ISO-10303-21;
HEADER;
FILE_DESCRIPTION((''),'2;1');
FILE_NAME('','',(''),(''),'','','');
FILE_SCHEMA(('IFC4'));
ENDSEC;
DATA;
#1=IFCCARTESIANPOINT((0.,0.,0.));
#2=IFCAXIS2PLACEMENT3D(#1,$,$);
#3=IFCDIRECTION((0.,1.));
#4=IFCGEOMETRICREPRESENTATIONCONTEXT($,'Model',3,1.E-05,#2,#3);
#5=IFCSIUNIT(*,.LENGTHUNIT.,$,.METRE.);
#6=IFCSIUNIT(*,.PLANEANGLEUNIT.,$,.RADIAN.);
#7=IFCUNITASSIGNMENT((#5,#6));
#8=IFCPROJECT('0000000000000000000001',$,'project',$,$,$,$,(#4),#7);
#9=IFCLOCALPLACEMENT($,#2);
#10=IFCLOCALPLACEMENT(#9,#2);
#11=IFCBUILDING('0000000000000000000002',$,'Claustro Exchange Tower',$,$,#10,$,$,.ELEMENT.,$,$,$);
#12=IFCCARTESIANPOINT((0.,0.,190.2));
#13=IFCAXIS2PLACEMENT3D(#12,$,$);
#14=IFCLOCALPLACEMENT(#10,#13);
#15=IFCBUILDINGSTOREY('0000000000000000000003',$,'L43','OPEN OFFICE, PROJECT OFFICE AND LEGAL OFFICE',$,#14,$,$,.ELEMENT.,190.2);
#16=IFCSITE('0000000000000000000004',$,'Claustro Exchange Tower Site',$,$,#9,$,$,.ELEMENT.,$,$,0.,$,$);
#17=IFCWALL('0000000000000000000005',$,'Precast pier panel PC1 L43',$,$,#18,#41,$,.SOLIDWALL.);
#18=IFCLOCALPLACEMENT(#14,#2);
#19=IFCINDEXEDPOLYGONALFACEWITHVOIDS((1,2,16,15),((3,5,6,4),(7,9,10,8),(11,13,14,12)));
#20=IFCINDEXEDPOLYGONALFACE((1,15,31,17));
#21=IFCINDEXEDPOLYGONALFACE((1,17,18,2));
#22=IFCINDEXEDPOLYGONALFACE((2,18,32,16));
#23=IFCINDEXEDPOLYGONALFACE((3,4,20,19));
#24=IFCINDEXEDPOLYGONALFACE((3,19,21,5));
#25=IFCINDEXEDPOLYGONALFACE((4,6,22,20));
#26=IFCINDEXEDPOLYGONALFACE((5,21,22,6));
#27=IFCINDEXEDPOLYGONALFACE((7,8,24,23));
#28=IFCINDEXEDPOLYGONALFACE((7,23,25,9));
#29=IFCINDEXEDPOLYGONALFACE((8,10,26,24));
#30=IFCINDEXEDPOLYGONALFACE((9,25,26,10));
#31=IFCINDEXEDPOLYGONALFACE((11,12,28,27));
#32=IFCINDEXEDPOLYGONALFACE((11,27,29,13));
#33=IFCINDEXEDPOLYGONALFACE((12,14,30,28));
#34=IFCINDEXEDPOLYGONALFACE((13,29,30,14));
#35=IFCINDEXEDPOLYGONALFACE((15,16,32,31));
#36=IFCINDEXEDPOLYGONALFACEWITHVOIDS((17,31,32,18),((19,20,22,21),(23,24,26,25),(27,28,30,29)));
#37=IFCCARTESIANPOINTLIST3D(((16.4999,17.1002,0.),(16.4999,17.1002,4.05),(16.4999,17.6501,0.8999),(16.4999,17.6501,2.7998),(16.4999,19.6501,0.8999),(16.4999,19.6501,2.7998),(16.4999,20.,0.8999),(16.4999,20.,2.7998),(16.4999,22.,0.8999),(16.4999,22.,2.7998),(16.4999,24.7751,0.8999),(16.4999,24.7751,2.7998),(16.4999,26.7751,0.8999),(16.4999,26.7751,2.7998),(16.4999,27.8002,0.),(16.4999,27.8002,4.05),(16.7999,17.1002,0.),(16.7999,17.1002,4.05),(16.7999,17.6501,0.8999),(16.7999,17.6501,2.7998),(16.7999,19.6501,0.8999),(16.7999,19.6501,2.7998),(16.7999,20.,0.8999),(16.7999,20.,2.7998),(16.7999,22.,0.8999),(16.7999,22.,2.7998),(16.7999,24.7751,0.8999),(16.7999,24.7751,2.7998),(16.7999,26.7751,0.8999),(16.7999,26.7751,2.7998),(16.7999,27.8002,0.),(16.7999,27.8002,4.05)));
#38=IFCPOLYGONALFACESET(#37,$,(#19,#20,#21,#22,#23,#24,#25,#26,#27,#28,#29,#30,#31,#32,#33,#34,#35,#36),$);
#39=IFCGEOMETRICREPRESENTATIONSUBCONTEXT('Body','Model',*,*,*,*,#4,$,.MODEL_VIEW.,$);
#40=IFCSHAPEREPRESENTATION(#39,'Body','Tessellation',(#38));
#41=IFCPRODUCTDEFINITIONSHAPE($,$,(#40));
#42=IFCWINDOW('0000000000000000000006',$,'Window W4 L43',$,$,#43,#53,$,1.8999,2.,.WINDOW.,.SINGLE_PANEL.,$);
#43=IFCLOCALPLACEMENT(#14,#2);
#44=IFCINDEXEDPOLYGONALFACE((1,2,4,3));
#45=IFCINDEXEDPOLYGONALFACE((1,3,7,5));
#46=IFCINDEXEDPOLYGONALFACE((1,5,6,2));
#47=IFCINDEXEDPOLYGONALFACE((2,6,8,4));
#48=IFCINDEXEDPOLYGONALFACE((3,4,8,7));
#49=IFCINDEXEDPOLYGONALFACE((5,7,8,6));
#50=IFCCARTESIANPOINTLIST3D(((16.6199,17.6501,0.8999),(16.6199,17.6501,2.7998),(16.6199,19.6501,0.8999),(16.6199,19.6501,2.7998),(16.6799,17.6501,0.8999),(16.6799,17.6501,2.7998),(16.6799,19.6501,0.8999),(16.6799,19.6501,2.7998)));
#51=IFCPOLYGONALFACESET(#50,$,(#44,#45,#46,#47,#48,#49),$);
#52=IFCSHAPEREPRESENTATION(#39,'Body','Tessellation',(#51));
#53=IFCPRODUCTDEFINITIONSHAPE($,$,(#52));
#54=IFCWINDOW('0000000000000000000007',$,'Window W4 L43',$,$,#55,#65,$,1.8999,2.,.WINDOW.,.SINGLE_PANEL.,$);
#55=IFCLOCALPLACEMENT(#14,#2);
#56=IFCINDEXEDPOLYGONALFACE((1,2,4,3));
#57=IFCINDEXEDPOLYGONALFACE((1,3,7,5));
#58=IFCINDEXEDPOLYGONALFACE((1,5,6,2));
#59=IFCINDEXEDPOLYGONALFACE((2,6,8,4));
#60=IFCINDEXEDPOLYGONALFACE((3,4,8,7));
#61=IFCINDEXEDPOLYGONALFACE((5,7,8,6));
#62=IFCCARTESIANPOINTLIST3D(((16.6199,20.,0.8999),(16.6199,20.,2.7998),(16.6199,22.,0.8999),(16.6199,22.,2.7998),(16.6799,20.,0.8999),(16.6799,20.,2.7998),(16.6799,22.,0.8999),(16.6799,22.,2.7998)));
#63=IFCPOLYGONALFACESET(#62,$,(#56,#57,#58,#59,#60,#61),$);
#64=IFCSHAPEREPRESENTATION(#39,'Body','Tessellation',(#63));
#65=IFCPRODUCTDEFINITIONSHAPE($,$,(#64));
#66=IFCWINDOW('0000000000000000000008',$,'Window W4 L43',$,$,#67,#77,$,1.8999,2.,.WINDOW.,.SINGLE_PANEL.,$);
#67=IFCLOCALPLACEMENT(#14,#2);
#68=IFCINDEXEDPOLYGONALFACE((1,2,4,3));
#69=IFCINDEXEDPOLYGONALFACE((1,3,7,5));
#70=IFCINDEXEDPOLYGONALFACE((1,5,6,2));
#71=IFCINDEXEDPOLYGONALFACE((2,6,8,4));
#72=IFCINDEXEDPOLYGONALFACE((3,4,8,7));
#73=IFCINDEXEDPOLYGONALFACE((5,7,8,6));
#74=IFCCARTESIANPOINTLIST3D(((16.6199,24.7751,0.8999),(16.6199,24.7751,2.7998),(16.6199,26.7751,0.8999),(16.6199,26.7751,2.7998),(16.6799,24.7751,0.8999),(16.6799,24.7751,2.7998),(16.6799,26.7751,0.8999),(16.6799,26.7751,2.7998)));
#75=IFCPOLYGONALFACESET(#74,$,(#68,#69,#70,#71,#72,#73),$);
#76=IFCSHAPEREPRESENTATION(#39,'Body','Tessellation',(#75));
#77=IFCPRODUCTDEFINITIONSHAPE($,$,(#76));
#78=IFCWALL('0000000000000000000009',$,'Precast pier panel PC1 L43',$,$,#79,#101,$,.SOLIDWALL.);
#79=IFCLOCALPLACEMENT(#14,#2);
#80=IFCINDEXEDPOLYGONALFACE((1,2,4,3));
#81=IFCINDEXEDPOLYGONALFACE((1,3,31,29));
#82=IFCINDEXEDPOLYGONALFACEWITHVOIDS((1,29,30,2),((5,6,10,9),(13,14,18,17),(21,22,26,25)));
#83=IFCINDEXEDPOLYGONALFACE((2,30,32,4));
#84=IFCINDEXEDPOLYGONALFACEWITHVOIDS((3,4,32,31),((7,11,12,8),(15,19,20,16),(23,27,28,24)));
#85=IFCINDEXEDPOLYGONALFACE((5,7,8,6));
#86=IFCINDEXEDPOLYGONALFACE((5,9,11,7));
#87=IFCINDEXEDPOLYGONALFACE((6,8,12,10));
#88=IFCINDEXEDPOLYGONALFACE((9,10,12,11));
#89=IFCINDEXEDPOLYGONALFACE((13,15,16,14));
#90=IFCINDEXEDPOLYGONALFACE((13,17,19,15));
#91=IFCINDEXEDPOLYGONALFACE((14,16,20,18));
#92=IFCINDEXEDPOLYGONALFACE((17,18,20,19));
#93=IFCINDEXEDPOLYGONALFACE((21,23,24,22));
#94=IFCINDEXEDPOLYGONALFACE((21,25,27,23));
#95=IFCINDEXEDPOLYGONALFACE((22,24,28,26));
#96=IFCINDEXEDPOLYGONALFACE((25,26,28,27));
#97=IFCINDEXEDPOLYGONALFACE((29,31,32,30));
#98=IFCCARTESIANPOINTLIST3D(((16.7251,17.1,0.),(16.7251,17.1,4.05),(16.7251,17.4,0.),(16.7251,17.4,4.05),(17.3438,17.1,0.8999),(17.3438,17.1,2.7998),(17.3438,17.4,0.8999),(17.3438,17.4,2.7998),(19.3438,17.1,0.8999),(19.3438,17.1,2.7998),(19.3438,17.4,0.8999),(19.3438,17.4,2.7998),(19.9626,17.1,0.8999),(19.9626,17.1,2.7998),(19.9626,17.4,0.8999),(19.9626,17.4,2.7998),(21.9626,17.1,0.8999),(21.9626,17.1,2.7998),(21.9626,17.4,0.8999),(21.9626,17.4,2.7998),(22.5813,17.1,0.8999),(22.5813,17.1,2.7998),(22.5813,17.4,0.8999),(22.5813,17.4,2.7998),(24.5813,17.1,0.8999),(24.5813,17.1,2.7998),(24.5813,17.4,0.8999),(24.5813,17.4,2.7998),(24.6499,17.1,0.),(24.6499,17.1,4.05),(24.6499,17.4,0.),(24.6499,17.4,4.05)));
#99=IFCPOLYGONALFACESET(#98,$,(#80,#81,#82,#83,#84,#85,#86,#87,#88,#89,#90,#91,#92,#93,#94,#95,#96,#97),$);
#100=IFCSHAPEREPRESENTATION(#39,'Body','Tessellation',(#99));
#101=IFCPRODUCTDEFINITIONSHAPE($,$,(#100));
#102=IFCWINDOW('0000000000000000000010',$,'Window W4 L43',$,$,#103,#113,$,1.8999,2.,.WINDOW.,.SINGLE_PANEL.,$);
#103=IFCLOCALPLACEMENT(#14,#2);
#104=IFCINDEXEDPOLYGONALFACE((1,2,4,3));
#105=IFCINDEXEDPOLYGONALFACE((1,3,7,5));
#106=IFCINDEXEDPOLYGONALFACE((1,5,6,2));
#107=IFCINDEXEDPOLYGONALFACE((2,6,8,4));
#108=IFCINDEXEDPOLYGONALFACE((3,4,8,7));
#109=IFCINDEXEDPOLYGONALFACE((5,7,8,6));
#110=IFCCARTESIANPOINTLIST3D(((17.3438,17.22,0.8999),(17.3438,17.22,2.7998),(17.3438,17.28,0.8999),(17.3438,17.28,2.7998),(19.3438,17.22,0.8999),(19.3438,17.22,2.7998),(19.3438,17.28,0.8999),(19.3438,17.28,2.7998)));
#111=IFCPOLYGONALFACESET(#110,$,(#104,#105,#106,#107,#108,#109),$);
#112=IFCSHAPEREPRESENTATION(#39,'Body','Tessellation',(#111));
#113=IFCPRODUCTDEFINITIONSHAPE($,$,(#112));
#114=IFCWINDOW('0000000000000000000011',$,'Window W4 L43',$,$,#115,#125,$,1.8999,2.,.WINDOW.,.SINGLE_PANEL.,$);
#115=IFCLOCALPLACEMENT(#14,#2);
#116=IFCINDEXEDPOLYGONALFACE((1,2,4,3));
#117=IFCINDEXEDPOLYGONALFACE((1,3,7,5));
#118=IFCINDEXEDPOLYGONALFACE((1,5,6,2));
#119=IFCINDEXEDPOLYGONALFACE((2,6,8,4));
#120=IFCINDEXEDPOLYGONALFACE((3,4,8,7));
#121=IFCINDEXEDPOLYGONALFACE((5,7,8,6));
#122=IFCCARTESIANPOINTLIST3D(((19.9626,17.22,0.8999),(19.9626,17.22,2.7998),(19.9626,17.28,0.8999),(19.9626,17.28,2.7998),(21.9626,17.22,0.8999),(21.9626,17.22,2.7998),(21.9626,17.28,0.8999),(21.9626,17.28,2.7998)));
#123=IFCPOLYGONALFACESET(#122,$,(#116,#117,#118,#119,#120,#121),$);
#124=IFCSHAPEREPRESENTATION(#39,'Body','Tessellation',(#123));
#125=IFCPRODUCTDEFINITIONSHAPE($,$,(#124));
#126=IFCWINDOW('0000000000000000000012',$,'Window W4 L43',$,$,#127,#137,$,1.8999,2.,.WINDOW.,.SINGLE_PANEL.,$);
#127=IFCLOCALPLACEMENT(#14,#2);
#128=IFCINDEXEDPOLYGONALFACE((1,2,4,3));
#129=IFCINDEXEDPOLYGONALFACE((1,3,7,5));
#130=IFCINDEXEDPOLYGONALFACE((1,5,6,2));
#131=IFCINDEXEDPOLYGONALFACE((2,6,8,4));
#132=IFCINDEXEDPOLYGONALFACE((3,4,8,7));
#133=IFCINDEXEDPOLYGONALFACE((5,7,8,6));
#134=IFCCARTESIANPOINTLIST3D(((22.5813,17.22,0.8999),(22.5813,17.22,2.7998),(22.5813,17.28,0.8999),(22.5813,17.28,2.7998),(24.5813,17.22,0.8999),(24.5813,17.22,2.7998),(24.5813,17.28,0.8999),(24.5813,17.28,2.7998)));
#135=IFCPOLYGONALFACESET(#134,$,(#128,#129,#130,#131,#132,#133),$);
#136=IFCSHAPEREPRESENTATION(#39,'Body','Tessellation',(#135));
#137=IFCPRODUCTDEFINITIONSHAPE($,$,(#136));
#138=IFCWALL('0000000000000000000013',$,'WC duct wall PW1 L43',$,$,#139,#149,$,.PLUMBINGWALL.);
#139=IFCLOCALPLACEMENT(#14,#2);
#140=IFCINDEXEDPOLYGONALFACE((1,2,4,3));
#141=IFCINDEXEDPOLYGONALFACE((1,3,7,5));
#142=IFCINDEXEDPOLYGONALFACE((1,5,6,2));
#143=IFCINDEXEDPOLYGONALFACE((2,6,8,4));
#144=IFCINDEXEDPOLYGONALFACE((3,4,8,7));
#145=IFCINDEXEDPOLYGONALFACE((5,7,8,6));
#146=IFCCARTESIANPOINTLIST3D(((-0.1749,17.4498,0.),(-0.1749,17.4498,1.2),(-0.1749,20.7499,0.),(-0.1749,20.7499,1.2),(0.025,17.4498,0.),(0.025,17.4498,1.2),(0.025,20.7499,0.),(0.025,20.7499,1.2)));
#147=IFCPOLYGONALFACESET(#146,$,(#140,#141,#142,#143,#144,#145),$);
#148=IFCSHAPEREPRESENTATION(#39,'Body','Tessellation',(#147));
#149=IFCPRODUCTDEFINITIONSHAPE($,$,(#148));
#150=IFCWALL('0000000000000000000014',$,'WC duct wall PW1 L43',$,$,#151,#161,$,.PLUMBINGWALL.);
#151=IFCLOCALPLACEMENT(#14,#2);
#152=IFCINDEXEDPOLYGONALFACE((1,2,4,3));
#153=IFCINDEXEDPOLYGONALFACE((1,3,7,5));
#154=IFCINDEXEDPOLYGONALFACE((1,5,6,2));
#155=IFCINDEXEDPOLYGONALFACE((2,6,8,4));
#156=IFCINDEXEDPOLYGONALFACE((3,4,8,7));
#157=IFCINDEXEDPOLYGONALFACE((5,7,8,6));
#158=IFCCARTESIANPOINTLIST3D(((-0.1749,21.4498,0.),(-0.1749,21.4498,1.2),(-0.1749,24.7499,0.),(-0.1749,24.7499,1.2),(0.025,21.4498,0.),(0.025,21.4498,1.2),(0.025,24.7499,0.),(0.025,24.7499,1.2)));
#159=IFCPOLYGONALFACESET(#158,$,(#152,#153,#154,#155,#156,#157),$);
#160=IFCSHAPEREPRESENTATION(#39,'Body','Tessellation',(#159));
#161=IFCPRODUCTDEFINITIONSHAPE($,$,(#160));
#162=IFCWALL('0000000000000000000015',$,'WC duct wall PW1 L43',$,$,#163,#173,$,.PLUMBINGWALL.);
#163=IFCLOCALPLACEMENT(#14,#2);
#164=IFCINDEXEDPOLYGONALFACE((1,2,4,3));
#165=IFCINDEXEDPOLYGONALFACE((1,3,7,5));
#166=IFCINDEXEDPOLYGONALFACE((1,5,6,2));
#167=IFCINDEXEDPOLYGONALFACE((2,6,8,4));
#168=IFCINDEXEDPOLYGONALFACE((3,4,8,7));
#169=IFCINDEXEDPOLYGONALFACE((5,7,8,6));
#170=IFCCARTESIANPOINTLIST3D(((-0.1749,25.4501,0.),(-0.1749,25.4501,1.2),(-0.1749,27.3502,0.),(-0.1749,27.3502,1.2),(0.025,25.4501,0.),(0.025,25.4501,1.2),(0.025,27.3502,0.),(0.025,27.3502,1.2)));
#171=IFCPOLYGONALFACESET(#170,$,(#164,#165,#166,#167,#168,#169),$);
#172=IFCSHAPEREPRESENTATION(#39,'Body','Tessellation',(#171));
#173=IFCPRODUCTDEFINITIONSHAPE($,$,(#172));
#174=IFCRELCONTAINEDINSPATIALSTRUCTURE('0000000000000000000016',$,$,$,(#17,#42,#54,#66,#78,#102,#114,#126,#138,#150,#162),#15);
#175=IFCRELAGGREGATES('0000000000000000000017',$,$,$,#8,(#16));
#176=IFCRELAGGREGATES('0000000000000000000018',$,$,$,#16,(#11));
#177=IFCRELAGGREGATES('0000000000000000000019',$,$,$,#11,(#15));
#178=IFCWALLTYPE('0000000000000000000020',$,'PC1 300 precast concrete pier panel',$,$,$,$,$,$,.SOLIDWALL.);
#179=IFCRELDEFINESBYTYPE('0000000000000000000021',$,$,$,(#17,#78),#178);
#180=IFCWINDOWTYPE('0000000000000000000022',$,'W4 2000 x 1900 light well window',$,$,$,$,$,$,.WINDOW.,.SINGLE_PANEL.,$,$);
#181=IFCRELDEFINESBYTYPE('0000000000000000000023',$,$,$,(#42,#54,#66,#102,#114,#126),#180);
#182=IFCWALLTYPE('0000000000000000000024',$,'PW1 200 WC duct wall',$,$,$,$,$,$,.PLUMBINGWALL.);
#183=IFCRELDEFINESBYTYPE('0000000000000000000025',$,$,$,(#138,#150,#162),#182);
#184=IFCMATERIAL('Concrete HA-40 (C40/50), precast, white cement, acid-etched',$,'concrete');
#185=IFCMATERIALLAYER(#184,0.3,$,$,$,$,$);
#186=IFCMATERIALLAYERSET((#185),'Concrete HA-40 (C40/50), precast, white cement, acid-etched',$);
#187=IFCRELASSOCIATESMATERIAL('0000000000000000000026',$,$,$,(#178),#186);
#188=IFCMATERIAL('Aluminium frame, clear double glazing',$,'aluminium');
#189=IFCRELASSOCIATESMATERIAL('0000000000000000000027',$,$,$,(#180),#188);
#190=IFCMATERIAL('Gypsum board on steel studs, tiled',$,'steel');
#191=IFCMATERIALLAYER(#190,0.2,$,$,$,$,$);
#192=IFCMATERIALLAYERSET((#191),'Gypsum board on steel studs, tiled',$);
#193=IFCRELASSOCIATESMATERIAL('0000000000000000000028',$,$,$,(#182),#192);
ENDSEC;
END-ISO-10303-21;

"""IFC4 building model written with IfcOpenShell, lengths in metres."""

from ifc_helpers import new_model, si_unit, direction, frame, frame_2d, origin, place, context, subcontext, project, spatial, rectangle, extrude, material, layer, layer_set, type_object, element, fill, save


model = new_model("IFC4")

# Units and contexts
model_context = context("Model", 3, precision=1e-05, world=origin(), true_north=direction((0.0, 1.0)))
body_context = subcontext(model_context, "Body", "Model", "MODEL_VIEW")
ifc_project = project(units=[si_unit("LENGTHUNIT", "METRE"), si_unit("PLANEANGLEUNIT", "RADIAN")], contexts=[model_context])

# Site, building, storey
site_placement = place(None, origin())
site = spatial("IfcSite", under=ifc_project, at=site_placement, Name="Claustro Exchange Tower Site", CompositionType="ELEMENT", RefElevation=0.0)
building_placement = place(site_placement, origin())
building = spatial("IfcBuilding", under=site, at=building_placement, Name="Claustro Exchange Tower", CompositionType="ELEMENT")
storey_placement = place(building_placement, frame((0.0, 0.0, 190.2)))
storey = spatial("IfcBuildingStorey", under=building, at=storey_placement, Name="L43", Description="OPEN OFFICE, PROJECT OFFICE AND LEGAL OFFICE", CompositionType="ELEMENT", Elevation=190.2)

# Walls, openings, windows
ifc_material_1 = material(Name="Concrete HA-40 (C40/50), precast, white cement, acid-etched", Category="concrete")
ifc_layer_1 = layer(ifc_material_1, 0.3)
ifc_layer_set_1 = layer_set([ifc_layer_1], Name="Concrete HA-40 (C40/50), precast, white cement, acid-etched")
wall_type_1 = type_object("IfcWallType", Name="PC1 300 precast concrete pier panel", PredefinedType="SOLIDWALL", material=ifc_layer_set_1)
wall_1_placement = place(storey_placement, frame((16.6499, 17.1001, 0.0), z_axis=(0.0, 0.0, 1.0), x_axis=(0.0, 1.0, 0.0)))
wall_1 = element("IfcWall", 1, at=wall_1_placement, inside=storey, type_object=wall_type_1, Name="Precast pier panel PC1 L43", PredefinedType="SOLIDWALL", context=body_context, shape_type="SweptSolid", body=[
    extrude(rectangle(XDim=10.7, YDim=0.3, at=frame_2d((5.3501, 0.0))), origin(), (0.0, 0.0, 1.0), 4.05),
])
opening_1_placement = place(wall_1_placement, frame((0.55, 0.0, 0.8999)))
opening_1 = element("IfcOpeningElement", 2, at=opening_1_placement, cuts=wall_1, PredefinedType="OPENING", context=body_context, shape_type="SweptSolid", body=[
    extrude(rectangle(XDim=2.0, YDim=1.8999, at=frame_2d((1.0, 0.95))), frame((0.0, 0.1599, 0.0), z_axis=(0.0, -1.0, 0.0), x_axis=(1.0, 0.0, 0.0)), (0.0, 0.0, 1.0), 0.3201),
])
opening_2_placement = place(wall_1_placement, frame((2.8999, 0.0, 0.8999)))
opening_2 = element("IfcOpeningElement", 3, at=opening_2_placement, cuts=wall_1, PredefinedType="OPENING", context=body_context, shape_type="SweptSolid", body=[
    extrude(rectangle(XDim=2.0, YDim=1.8999, at=frame_2d((1.0, 0.95))), frame((0.0, 0.1599, 0.0), z_axis=(0.0, -1.0, 0.0), x_axis=(1.0, 0.0, 0.0)), (0.0, 0.0, 1.0), 0.3201),
])
opening_3_placement = place(wall_1_placement, frame((7.675, 0.0, 0.8999)))
opening_3 = element("IfcOpeningElement", 4, at=opening_3_placement, cuts=wall_1, PredefinedType="OPENING", context=body_context, shape_type="SweptSolid", body=[
    extrude(rectangle(XDim=2.0, YDim=1.8999, at=frame_2d((1.0, 0.95))), frame((0.0, 0.1599, 0.0), z_axis=(0.0, -1.0, 0.0), x_axis=(1.0, 0.0, 0.0)), (0.0, 0.0, 1.0), 0.3201),
])
ifc_material_2 = material(Name="Aluminium frame, clear double glazing", Category="aluminium")
window_type = type_object("IfcWindowType", Name="W4 2000 x 1900 light well window", PartitioningType="SINGLE_PANEL", PredefinedType="WINDOW", material=ifc_material_2)
window_1_placement = place(opening_1_placement, origin())
window_1 = element("IfcWindow", 5, at=window_1_placement, inside=storey, type_object=window_type, Name="Window W4 L43", OverallHeight=1.8999, OverallWidth=2.0, PartitioningType="SINGLE_PANEL", PredefinedType="WINDOW", context=body_context, shape_type="SweptSolid", body=[
    extrude(rectangle(XDim=2.0, YDim=1.8999, at=frame_2d((1.0, 0.95))), frame((0.0, 0.03, 0.0), z_axis=(0.0, -1.0, 0.0), x_axis=(1.0, 0.0, 0.0)), (0.0, 0.0, 1.0), 0.0601),
])
fill(opening_1, window_1)
window_2_placement = place(opening_2_placement, origin())
window_2 = element("IfcWindow", 6, at=window_2_placement, inside=storey, type_object=window_type, Name="Window W4 L43", OverallHeight=1.8999, OverallWidth=2.0, PartitioningType="SINGLE_PANEL", PredefinedType="WINDOW", context=body_context, shape_type="SweptSolid", body=[
    extrude(rectangle(XDim=2.0, YDim=1.8999, at=frame_2d((1.0, 0.95))), frame((0.0, 0.03, 0.0), z_axis=(0.0, -1.0, 0.0), x_axis=(1.0, 0.0, 0.0)), (0.0, 0.0, 1.0), 0.0601),
])
fill(opening_2, window_2)
window_3_placement = place(opening_3_placement, origin())
window_3 = element("IfcWindow", 7, at=window_3_placement, inside=storey, type_object=window_type, Name="Window W4 L43", OverallHeight=1.8999, OverallWidth=2.0, PartitioningType="SINGLE_PANEL", PredefinedType="WINDOW", context=body_context, shape_type="SweptSolid", body=[
    extrude(rectangle(XDim=2.0, YDim=1.8999, at=frame_2d((1.0, 0.95))), frame((0.0, 0.03, 0.0), z_axis=(0.0, -1.0, 0.0), x_axis=(1.0, 0.0, 0.0)), (0.0, 0.0, 1.0), 0.0601),
])
fill(opening_3, window_3)
wall_2_placement = place(storey_placement, frame((16.7251, 17.25, 0.0), z_axis=(0.0, 0.0, 1.0), x_axis=(1.0, 0.0, 0.0)))
wall_2 = element("IfcWall", 8, at=wall_2_placement, inside=storey, type_object=wall_type_1, Name="Precast pier panel PC1 L43", PredefinedType="SOLIDWALL", context=body_context, shape_type="SweptSolid", body=[
    extrude(rectangle(XDim=7.9248, YDim=0.3, at=frame_2d((3.9624, 0.0))), origin(), (0.0, 0.0, 1.0), 4.05),
])
opening_4_placement = place(wall_2_placement, frame((0.6187, 0.0, 0.8999)))
opening_4 = element("IfcOpeningElement", 9, at=opening_4_placement, cuts=wall_2, PredefinedType="OPENING", context=body_context, shape_type="SweptSolid", body=[
    extrude(rectangle(XDim=2.0, YDim=1.8999, at=frame_2d((1.0, 0.95))), frame((0.0, 0.1599, 0.0), z_axis=(0.0, -1.0, 0.0), x_axis=(1.0, 0.0, 0.0)), (0.0, 0.0, 1.0), 0.3201),
])
opening_5_placement = place(wall_2_placement, frame((3.2375, 0.0, 0.8999)))
opening_5 = element("IfcOpeningElement", 10, at=opening_5_placement, cuts=wall_2, PredefinedType="OPENING", context=body_context, shape_type="SweptSolid", body=[
    extrude(rectangle(XDim=2.0, YDim=1.8999, at=frame_2d((1.0, 0.95))), frame((0.0, 0.1599, 0.0), z_axis=(0.0, -1.0, 0.0), x_axis=(1.0, 0.0, 0.0)), (0.0, 0.0, 1.0), 0.3201),
])
opening_6_placement = place(wall_2_placement, frame((5.8562, 0.0, 0.8999)))
opening_6 = element("IfcOpeningElement", 11, at=opening_6_placement, cuts=wall_2, PredefinedType="OPENING", context=body_context, shape_type="SweptSolid", body=[
    extrude(rectangle(XDim=2.0, YDim=1.8999, at=frame_2d((1.0, 0.95))), frame((0.0, 0.1599, 0.0), z_axis=(0.0, -1.0, 0.0), x_axis=(1.0, 0.0, 0.0)), (0.0, 0.0, 1.0), 0.3201),
])
window_4_placement = place(opening_4_placement, origin())
window_4 = element("IfcWindow", 12, at=window_4_placement, inside=storey, type_object=window_type, Name="Window W4 L43", OverallHeight=1.8999, OverallWidth=2.0, PartitioningType="SINGLE_PANEL", PredefinedType="WINDOW", context=body_context, shape_type="SweptSolid", body=[
    extrude(rectangle(XDim=2.0, YDim=1.8999, at=frame_2d((1.0, 0.95))), frame((0.0, 0.03, 0.0), z_axis=(0.0, -1.0, 0.0), x_axis=(1.0, 0.0, 0.0)), (0.0, 0.0, 1.0), 0.0601),
])
fill(opening_4, window_4)
window_5_placement = place(opening_5_placement, origin())
window_5 = element("IfcWindow", 13, at=window_5_placement, inside=storey, type_object=window_type, Name="Window W4 L43", OverallHeight=1.8999, OverallWidth=2.0, PartitioningType="SINGLE_PANEL", PredefinedType="WINDOW", context=body_context, shape_type="SweptSolid", body=[
    extrude(rectangle(XDim=2.0, YDim=1.8999, at=frame_2d((1.0, 0.95))), frame((0.0, 0.03, 0.0), z_axis=(0.0, -1.0, 0.0), x_axis=(1.0, 0.0, 0.0)), (0.0, 0.0, 1.0), 0.0601),
])
fill(opening_5, window_5)
window_6_placement = place(opening_6_placement, origin())
window_6 = element("IfcWindow", 14, at=window_6_placement, inside=storey, type_object=window_type, Name="Window W4 L43", OverallHeight=1.8999, OverallWidth=2.0, PartitioningType="SINGLE_PANEL", PredefinedType="WINDOW", context=body_context, shape_type="SweptSolid", body=[
    extrude(rectangle(XDim=2.0, YDim=1.8999, at=frame_2d((1.0, 0.95))), frame((0.0, 0.03, 0.0), z_axis=(0.0, -1.0, 0.0), x_axis=(1.0, 0.0, 0.0)), (0.0, 0.0, 1.0), 0.0601),
])
fill(opening_6, window_6)

# Walls
ifc_material_3 = material(Name="Gypsum board on steel studs, tiled", Category="steel")
ifc_layer_2 = layer(ifc_material_3, 0.2)
ifc_layer_set_2 = layer_set([ifc_layer_2], Name="Gypsum board on steel studs, tiled")
wall_type_2 = type_object("IfcWallType", Name="PW1 200 WC duct wall", PredefinedType="PLUMBINGWALL", material=ifc_layer_set_2)
for number, where, z_axis, x_axis, name in (
    (15, (-0.075, 17.45, 0.0), (0.0, 0.0, 1.0), (0.0, 1.0, 0.0), "WC duct wall PW1 L43"),
    (16, (-0.075, 21.45, 0.0), (0.0, 0.0, 1.0), (0.0, 1.0, 0.0), "WC duct wall PW1 L43"),
):
    element("IfcWall", number, at=place(storey_placement, frame(where, z_axis=z_axis, x_axis=x_axis)), inside=storey, type_object=wall_type_2, Name=name, PredefinedType="PLUMBINGWALL", context=body_context, shape_type="SweptSolid", body=[
        extrude(rectangle(XDim=3.3, YDim=0.2, at=frame_2d((1.6499, 0.0))), origin(), (0.0, 0.0, 1.0), 1.2),
    ])
wall_3_placement = place(storey_placement, frame((-0.075, 25.45, 0.0), z_axis=(0.0, 0.0, 1.0), x_axis=(0.0, 1.0, 0.0)))
element("IfcWall", 17, at=wall_3_placement, inside=storey, type_object=wall_type_2, Name="WC duct wall PW1 L43", PredefinedType="PLUMBINGWALL", context=body_context, shape_type="SweptSolid", body=[
    extrude(rectangle(XDim=1.9001, YDim=0.2, at=frame_2d((0.9502, 0.0))), origin(), (0.0, 0.0, 1.0), 1.2),
])

save(model, "model.ifc")
